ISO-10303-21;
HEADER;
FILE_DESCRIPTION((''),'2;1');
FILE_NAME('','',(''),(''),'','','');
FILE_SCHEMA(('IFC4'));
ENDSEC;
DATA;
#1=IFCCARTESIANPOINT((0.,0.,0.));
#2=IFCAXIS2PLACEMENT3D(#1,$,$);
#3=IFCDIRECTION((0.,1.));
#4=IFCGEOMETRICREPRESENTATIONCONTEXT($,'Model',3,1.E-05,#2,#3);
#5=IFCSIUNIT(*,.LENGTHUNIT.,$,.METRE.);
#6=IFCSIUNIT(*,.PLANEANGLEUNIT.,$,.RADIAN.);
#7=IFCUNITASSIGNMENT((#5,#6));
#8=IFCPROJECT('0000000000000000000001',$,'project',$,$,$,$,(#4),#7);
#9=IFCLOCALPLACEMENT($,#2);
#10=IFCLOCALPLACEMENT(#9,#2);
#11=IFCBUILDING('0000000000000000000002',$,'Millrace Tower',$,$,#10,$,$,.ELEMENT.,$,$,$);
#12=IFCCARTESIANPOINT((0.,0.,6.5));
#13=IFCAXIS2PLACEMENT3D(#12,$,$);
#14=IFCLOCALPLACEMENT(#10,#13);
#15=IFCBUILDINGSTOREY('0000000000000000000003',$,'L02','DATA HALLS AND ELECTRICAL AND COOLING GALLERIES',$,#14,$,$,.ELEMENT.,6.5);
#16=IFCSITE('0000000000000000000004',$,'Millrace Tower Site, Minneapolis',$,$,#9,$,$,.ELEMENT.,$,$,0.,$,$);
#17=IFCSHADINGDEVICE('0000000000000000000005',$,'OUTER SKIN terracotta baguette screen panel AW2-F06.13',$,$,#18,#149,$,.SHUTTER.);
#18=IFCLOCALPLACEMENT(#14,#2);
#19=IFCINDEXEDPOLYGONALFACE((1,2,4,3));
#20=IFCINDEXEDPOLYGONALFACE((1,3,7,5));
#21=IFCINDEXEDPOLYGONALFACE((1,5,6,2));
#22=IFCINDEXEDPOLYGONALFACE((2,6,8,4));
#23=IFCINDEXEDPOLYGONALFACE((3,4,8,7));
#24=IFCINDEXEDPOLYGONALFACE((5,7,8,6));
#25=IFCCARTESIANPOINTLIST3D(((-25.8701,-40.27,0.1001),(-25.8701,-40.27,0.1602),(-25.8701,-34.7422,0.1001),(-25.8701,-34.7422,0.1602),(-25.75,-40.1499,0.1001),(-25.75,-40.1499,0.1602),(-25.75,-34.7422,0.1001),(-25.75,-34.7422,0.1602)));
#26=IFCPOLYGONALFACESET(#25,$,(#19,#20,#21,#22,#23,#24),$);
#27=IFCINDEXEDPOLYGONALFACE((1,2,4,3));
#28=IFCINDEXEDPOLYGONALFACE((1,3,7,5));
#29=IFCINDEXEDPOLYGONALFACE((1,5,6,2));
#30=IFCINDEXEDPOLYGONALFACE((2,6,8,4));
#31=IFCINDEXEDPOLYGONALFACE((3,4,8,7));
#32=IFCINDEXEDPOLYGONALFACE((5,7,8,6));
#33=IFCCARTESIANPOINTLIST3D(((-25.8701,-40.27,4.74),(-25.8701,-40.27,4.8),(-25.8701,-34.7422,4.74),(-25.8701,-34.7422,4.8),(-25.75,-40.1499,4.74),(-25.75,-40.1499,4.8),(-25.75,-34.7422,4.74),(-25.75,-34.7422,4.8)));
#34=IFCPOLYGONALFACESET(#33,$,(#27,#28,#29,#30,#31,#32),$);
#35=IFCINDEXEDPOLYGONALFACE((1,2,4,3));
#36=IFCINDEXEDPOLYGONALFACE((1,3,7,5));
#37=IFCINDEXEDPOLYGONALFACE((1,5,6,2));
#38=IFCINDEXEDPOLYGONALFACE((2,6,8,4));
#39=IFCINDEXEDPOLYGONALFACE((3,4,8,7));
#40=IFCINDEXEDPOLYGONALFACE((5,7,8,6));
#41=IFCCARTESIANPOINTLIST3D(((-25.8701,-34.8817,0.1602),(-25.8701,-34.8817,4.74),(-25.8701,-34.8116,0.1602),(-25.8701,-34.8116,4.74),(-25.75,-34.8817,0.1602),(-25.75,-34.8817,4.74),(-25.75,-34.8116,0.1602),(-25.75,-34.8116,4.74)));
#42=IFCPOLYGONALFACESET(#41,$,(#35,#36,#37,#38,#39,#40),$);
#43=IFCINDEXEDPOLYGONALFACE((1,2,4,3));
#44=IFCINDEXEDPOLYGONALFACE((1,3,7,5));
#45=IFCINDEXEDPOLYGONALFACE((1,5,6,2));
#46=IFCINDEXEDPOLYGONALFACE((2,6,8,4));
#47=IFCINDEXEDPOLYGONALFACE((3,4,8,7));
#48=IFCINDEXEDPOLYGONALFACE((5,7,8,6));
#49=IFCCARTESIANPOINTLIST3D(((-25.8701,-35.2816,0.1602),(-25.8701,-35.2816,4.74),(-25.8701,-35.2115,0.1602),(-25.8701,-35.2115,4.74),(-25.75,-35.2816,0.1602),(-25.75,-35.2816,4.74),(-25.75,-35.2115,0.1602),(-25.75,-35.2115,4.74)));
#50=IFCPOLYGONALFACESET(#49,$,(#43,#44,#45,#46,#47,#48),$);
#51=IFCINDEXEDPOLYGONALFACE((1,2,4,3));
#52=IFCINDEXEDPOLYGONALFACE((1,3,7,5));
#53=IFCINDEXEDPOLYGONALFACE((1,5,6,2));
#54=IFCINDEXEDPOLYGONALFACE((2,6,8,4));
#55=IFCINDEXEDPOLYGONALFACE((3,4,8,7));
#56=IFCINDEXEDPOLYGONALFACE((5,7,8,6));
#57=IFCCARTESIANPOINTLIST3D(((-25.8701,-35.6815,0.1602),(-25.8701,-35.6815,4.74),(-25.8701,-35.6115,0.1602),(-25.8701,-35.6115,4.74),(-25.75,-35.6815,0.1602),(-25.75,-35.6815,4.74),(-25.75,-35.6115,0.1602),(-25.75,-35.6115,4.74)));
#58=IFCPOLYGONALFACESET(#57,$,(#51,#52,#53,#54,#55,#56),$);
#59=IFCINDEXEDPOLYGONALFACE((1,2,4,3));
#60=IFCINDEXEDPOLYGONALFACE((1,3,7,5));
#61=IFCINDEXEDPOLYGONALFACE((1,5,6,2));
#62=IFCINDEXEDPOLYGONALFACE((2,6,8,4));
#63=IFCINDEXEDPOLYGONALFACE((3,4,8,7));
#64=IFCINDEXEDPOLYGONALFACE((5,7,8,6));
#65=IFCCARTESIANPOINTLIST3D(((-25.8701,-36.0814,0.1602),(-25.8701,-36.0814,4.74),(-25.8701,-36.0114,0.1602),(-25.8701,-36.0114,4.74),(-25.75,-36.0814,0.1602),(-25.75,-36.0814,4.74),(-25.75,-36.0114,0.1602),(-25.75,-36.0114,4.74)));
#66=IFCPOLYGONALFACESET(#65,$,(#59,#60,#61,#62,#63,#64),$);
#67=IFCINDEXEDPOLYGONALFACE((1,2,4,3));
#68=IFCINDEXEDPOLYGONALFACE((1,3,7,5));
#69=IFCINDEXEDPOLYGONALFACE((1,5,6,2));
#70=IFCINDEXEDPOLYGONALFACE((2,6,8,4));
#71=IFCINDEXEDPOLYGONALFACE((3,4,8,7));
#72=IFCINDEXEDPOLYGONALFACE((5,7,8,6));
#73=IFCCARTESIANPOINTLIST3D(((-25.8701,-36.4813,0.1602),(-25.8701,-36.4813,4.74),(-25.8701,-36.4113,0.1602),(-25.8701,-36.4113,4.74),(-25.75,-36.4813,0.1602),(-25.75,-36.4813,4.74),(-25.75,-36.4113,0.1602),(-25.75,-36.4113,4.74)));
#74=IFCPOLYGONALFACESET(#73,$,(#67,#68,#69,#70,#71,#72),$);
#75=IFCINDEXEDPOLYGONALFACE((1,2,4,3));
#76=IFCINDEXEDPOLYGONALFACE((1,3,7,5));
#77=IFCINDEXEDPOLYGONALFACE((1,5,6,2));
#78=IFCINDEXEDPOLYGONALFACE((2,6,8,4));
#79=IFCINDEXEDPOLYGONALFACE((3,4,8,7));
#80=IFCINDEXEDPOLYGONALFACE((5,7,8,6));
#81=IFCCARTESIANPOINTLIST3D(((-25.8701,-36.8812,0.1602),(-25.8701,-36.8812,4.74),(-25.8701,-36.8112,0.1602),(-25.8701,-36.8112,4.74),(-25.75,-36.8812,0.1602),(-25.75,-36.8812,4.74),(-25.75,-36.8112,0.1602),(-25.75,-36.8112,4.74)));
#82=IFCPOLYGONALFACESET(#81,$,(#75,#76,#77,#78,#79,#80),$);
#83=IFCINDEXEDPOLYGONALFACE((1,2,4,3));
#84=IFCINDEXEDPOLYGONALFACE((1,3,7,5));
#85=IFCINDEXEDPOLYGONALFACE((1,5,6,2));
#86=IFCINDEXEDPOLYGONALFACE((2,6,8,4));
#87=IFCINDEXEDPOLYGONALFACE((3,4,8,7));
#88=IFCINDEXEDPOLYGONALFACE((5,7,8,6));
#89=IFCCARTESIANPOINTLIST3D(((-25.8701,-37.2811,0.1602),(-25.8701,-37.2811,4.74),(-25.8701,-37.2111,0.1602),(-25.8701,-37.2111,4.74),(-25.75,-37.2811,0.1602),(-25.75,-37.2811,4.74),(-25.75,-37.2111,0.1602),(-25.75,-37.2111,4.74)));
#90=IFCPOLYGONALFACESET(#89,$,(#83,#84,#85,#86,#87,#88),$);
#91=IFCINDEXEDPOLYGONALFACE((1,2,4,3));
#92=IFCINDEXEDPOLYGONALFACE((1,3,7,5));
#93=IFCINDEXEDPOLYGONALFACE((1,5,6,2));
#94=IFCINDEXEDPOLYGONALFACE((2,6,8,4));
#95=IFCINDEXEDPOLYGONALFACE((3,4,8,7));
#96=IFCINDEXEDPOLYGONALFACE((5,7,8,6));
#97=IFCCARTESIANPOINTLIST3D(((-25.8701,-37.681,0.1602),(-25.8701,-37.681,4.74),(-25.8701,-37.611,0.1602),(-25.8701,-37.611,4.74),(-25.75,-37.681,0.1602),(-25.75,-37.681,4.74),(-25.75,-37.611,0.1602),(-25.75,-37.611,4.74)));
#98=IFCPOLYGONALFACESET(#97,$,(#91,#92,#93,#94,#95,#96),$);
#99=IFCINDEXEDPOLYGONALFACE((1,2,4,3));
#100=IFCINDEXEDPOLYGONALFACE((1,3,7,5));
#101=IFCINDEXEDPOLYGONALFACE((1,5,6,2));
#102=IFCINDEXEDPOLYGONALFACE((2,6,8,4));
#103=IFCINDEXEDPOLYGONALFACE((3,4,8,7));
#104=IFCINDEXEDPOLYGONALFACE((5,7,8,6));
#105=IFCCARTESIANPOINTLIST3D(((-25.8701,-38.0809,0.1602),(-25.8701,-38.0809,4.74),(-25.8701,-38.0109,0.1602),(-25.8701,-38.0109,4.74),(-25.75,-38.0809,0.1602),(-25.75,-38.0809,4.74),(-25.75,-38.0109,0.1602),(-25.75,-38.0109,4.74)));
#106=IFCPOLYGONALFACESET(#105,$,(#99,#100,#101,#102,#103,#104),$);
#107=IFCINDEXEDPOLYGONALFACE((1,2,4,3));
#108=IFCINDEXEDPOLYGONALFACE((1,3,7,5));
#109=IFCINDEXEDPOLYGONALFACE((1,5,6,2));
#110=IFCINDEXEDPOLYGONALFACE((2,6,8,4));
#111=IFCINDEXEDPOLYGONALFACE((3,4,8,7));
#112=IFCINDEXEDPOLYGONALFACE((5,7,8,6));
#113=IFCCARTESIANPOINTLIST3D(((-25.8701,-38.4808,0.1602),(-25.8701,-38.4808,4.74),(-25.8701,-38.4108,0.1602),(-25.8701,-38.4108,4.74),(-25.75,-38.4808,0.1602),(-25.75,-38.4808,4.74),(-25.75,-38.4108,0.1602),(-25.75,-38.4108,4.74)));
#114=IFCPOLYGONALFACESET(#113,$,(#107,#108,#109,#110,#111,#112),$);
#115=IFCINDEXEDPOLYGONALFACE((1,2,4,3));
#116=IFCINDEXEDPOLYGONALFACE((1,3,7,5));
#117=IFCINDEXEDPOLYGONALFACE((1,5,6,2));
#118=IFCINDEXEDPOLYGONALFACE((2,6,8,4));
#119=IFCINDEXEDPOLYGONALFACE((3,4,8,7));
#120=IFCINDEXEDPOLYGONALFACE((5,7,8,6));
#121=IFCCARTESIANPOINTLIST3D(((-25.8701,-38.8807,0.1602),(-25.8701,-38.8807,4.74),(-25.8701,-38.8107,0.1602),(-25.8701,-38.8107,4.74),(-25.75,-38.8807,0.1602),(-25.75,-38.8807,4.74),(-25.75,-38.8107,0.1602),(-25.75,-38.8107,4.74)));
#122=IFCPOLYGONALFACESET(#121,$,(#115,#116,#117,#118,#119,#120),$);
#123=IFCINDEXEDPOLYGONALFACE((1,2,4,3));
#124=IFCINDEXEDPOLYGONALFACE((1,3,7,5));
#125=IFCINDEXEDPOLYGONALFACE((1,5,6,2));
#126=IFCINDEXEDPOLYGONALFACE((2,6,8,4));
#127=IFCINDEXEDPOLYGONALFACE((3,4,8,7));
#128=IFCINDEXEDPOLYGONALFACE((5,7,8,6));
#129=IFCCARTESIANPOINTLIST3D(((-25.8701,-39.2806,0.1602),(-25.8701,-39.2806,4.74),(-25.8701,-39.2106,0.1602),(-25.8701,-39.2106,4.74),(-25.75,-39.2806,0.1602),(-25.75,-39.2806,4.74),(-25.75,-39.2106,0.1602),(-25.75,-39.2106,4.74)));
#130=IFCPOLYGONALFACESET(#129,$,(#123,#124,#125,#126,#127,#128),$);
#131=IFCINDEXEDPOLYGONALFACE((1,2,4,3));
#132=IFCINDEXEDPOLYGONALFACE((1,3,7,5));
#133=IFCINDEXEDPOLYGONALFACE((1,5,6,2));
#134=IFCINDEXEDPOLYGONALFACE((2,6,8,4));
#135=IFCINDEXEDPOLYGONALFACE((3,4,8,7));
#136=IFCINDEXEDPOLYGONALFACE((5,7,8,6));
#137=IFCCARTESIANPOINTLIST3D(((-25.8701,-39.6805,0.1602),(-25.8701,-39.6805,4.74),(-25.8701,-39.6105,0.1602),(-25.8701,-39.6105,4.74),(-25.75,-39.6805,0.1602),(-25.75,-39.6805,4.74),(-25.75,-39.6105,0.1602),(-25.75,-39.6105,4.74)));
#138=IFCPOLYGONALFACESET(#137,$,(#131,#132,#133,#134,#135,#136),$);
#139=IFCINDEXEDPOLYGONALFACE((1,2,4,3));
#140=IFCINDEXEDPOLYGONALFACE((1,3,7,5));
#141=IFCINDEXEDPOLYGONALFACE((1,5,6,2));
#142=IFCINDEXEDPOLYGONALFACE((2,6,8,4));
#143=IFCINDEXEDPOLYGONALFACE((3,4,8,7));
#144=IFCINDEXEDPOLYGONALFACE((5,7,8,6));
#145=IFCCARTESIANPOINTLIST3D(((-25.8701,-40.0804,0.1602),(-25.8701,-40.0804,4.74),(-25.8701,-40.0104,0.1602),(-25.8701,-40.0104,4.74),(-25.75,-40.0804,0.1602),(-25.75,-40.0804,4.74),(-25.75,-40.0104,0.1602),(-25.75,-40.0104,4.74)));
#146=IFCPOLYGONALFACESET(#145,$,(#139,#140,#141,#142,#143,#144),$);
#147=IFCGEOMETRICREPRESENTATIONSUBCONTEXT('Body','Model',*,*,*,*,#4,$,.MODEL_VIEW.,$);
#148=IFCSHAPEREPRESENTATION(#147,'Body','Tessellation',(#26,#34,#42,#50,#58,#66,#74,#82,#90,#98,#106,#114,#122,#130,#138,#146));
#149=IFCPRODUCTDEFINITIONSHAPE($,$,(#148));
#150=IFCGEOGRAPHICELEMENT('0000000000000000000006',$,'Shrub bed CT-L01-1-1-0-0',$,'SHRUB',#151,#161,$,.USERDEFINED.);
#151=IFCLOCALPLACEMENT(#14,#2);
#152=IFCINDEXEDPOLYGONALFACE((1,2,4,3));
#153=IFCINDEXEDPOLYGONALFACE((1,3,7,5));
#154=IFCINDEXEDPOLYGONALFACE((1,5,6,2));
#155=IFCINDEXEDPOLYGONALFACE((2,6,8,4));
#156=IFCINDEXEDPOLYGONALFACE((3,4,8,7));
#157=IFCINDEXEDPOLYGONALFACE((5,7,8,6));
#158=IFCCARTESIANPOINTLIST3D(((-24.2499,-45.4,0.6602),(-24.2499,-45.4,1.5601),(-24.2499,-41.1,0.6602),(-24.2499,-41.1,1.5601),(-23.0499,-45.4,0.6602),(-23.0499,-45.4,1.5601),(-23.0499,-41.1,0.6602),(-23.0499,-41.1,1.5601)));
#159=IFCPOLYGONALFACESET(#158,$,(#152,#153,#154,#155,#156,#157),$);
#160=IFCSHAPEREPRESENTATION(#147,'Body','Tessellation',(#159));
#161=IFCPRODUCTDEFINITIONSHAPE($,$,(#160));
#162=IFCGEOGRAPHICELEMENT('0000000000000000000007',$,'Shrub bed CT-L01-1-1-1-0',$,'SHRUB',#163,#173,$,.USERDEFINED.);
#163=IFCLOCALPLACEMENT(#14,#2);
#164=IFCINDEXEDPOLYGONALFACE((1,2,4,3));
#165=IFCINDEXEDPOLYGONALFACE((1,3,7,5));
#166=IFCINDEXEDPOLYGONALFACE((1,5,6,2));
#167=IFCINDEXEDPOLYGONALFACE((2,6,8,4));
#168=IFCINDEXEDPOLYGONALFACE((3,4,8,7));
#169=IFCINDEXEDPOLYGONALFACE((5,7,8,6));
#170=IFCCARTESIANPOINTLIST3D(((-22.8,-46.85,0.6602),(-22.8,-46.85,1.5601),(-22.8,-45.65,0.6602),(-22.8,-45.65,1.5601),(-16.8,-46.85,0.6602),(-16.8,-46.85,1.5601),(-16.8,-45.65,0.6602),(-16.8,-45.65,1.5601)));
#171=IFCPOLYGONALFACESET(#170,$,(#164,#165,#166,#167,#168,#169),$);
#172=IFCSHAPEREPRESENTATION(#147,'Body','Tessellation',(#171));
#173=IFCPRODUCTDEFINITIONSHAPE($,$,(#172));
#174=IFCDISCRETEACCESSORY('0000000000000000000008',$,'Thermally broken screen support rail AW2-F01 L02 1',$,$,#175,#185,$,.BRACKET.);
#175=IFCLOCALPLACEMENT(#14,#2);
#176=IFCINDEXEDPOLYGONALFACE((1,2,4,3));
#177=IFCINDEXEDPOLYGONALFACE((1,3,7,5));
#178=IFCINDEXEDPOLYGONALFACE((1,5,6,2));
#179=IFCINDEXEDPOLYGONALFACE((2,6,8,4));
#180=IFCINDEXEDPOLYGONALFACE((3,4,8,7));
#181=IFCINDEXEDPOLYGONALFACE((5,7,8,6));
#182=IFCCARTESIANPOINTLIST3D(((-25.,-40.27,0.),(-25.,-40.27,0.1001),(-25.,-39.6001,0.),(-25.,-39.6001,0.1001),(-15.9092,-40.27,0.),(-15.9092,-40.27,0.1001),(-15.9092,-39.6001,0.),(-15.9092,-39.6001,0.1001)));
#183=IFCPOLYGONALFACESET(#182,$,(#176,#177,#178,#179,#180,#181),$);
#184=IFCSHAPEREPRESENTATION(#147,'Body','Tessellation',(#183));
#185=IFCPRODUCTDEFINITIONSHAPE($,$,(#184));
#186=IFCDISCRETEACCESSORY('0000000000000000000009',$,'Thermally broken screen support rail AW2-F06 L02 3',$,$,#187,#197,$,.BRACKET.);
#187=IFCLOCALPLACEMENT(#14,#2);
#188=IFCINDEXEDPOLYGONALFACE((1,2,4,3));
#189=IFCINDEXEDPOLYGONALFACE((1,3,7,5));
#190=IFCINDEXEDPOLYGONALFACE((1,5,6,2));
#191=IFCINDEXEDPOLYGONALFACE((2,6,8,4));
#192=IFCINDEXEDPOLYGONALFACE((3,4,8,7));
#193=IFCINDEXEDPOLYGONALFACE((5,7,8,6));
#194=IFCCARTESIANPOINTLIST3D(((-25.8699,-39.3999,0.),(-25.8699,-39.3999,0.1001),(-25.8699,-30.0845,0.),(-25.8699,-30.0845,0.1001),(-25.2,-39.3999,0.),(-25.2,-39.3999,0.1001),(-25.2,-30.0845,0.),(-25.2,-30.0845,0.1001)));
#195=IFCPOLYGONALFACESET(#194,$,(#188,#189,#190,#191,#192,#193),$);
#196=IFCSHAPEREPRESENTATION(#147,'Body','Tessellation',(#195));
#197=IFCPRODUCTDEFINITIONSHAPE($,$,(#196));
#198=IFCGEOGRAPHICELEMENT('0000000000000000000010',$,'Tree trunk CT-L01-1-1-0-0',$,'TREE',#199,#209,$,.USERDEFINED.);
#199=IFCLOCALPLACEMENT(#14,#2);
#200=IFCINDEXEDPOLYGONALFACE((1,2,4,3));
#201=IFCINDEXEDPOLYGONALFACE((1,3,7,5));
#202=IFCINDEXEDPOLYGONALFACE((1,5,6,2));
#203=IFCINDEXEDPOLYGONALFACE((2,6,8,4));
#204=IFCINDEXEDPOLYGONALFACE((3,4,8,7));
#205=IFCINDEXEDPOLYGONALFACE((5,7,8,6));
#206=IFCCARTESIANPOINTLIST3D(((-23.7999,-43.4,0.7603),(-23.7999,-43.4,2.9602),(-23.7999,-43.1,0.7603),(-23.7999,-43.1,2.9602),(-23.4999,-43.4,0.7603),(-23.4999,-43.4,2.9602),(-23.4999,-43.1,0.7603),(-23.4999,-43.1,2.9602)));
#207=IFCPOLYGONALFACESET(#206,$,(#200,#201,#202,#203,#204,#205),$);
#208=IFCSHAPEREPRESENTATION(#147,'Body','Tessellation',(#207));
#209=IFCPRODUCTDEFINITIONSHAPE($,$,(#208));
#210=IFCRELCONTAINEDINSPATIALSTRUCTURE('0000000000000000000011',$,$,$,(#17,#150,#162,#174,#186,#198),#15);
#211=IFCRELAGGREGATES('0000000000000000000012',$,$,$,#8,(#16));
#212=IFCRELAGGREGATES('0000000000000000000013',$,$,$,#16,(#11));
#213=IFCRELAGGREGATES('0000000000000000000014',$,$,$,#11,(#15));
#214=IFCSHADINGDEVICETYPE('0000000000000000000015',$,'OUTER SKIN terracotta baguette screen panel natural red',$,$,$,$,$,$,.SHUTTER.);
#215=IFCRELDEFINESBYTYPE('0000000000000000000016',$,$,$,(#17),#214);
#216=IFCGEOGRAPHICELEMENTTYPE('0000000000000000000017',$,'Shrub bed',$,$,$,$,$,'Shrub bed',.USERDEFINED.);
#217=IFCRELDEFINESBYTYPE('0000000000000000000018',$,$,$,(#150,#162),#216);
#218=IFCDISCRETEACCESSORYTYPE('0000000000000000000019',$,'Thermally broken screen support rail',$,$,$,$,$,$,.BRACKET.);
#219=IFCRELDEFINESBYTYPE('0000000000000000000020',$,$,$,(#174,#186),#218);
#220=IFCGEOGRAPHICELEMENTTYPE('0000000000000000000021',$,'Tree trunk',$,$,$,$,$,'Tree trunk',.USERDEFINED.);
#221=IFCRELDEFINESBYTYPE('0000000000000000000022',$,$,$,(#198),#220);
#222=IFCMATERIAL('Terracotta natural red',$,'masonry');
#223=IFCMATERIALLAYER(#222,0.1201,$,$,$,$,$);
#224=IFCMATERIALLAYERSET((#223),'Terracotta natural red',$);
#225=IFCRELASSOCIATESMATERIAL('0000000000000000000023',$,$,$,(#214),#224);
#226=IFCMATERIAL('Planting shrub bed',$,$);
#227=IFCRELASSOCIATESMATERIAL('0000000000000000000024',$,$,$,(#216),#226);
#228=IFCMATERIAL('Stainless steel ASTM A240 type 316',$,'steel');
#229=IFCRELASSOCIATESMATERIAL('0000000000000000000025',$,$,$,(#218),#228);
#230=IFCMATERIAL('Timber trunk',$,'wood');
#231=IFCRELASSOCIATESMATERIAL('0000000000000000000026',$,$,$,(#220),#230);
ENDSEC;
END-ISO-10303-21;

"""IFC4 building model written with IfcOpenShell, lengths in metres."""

from ifc_helpers import new_model, entity, si_unit, direction, frame, frame_2d, origin, origin_2d, place, context, subcontext, project, spatial, rectangle, extrude, source, transform, mapped, material, layer, layer_set, type_object, element, save


model = new_model("IFC4")

# Units and contexts
model_context = context("Model", 3, precision=1e-05, world=origin(), true_north=direction((0.0, 1.0)))
body_context = subcontext(model_context, "Body", "Model", "MODEL_VIEW")
ifc_project = project(units=[si_unit("LENGTHUNIT", "METRE"), si_unit("PLANEANGLEUNIT", "RADIAN")], contexts=[model_context])

# Site, building, storey
site_placement = place(None, origin())
site = spatial("IfcSite", under=ifc_project, at=site_placement, Name="Millrace Tower Site, Minneapolis", CompositionType="ELEMENT", RefElevation=0.0)
building_placement = place(site_placement, origin())
building = spatial("IfcBuilding", under=site, at=building_placement, Name="Millrace Tower", CompositionType="ELEMENT")
storey_placement = place(building_placement, frame((0.0, 0.0, 6.5)))
storey = spatial("IfcBuildingStorey", under=building, at=storey_placement, Name="L02", Description="DATA HALLS AND ELECTRICAL AND COOLING GALLERIES", CompositionType="ELEMENT", Elevation=6.5)

# Shading device
ifc_material_1 = material(Name="Terracotta natural red", Category="masonry")
ifc_layer_1 = layer(ifc_material_1, 0.1201)
ifc_layer_set_1 = layer_set([ifc_layer_1], Name="Terracotta natural red")
shading_device_type_1 = type_object("IfcShadingDeviceType", Name="OUTER SKIN terracotta baguette screen panel natural red", PredefinedType="SHUTTER", material=ifc_layer_set_1)
cartesian_point_1 = entity("IfcCartesianPoint", [-2.7339, 0.0601])
shared_polyline_1 = entity("IfcPolyline", [cartesian_point_1, entity("IfcCartesianPoint", [2.6738, 0.0601]), entity("IfcCartesianPoint", [2.7939, -0.0601]), entity("IfcCartesianPoint", [-2.7339, -0.0601]), cartesian_point_1])
shared_shape_1 = source(origin(), body_context, "Body", "SweptSolid", [
    entity("IfcExtrudedAreaSolid", entity("IfcArbitraryClosedProfileDef", "AREA", None, shared_polyline_1), entity("IfcAxis2Placement3D", entity("IfcCartesianPoint", [0.0, 0.0, 0.0])), entity("IfcDirection", [0.0, 0.0, 1.0]), 0.0601),
    entity("IfcExtrudedAreaSolid", entity("IfcArbitraryClosedProfileDef", "AREA", None, shared_polyline_1), entity("IfcAxis2Placement3D", entity("IfcCartesianPoint", [0.0, 0.0, 4.6399])), entity("IfcDirection", [0.0, 0.0, 1.0]), 0.0601),
    extrude(rectangle(XDim=0.0701, YDim=0.1201, at=frame_2d((-2.6294, 0.0))), frame((0.0, 0.0, 0.0601)), (0.0, 0.0, 1.0), 4.5798),
    extrude(rectangle(XDim=0.0701, YDim=0.1201, at=frame_2d((-2.2295, 0.0))), frame((0.0, 0.0, 0.0601)), (0.0, 0.0, 1.0), 4.5798),
    extrude(rectangle(XDim=0.0701, YDim=0.1201, at=frame_2d((-1.8296, 0.0))), frame((0.0, 0.0, 0.0601)), (0.0, 0.0, 1.0), 4.5798),
    extrude(rectangle(XDim=0.0701, YDim=0.1201, at=frame_2d((-1.4297, 0.0))), frame((0.0, 0.0, 0.0601)), (0.0, 0.0, 1.0), 4.5798),
    extrude(rectangle(XDim=0.0701, YDim=0.1201, at=frame_2d((-1.0298, 0.0))), frame((0.0, 0.0, 0.0601)), (0.0, 0.0, 1.0), 4.5798),
    extrude(rectangle(XDim=0.0701, YDim=0.1201, at=frame_2d((-0.6299, 0.0))), frame((0.0, 0.0, 0.0601)), (0.0, 0.0, 1.0), 4.5798),
    extrude(rectangle(XDim=0.0701, YDim=0.1201, at=frame_2d((-0.23, 0.0))), frame((0.0, 0.0, 0.0601)), (0.0, 0.0, 1.0), 4.5798),
    extrude(rectangle(XDim=0.0701, YDim=0.1201, at=frame_2d((0.1699, 0.0))), frame((0.0, 0.0, 0.0601)), (0.0, 0.0, 1.0), 4.5798),
    extrude(rectangle(XDim=0.0701, YDim=0.1201, at=frame_2d((0.5698, 0.0))), frame((0.0, 0.0, 0.0601)), (0.0, 0.0, 1.0), 4.5798),
    extrude(rectangle(XDim=0.0701, YDim=0.1201, at=frame_2d((0.9697, 0.0))), frame((0.0, 0.0, 0.0601)), (0.0, 0.0, 1.0), 4.5798),
    extrude(rectangle(XDim=0.0701, YDim=0.1201, at=frame_2d((1.3696, 0.0))), frame((0.0, 0.0, 0.0601)), (0.0, 0.0, 1.0), 4.5798),
    extrude(rectangle(XDim=0.0701, YDim=0.1201, at=frame_2d((1.7695, 0.0))), frame((0.0, 0.0, 0.0601)), (0.0, 0.0, 1.0), 4.5798),
    extrude(rectangle(XDim=0.0701, YDim=0.1201, at=frame_2d((2.1694, 0.0))), frame((0.0, 0.0, 0.0601)), (0.0, 0.0, 1.0), 4.5798),
    extrude(rectangle(XDim=0.0701, YDim=0.1201, at=frame_2d((2.5693, 0.0))), frame((0.0, 0.0, 0.0601)), (0.0, 0.0, 1.0), 4.5798),
])
shading_device_1_placement = place(storey_placement, frame((-25.8101, -37.4761, 0.1001), z_axis=(0.0, 0.0, 1.0), x_axis=(0.0, -1.0, 0.0)))
element("IfcShadingDevice", 1, at=shading_device_1_placement, inside=storey, type_object=shading_device_type_1, Name="OUTER SKIN terracotta baguette screen panel AW2-F06.13", PredefinedType="SHUTTER", context=body_context, shape_type="MappedRepresentation", body=[
    mapped(shared_shape_1, transform((0.0, 0.0, 0.0), scale=1.0)),
])

# Geographic elements
ifc_material_2 = material(Name="Planting shrub bed")
geographic_element_type_1 = type_object("IfcGeographicElementType", Name="Shrub bed", ElementType="Shrub bed", PredefinedType="USERDEFINED", material=ifc_material_2)
geographic_element_1_placement = place(storey_placement, frame((-23.6499, -43.25, 0.6602), z_axis=(0.0, 0.0, 1.0), x_axis=(0.0, -1.0, 0.0)))
element("IfcGeographicElement", 2, at=geographic_element_1_placement, inside=storey, type_object=geographic_element_type_1, Name="Shrub bed CT-L01-1-1-0-0", ObjectType="SHRUB", PredefinedType="USERDEFINED", context=body_context, shape_type="SweptSolid", body=[
    extrude(rectangle(XDim=4.3, YDim=1.2, at=origin_2d()), origin(), (0.0, 0.0, 1.0), 0.8999),
])
geographic_element_2_placement = place(storey_placement, frame((-19.8, -46.25, 0.6602), z_axis=(0.0, 0.0, 1.0), x_axis=(1.0, 0.0, 0.0)))
element("IfcGeographicElement", 3, at=geographic_element_2_placement, inside=storey, type_object=geographic_element_type_1, Name="Shrub bed CT-L01-1-1-1-0", ObjectType="SHRUB", PredefinedType="USERDEFINED", context=body_context, shape_type="SweptSolid", body=[
    extrude(rectangle(XDim=6.0, YDim=1.2, at=origin_2d()), origin(), (0.0, 0.0, 1.0), 0.8999),
])

# Discrete accessories
ifc_material_3 = material(Name="Stainless steel ASTM A240 type 316", Category="steel")
discrete_accessory_type = type_object("IfcDiscreteAccessoryType", Name="Thermally broken screen support rail", PredefinedType="BRACKET", material=ifc_material_3)
discrete_accessory_1_placement = place(storey_placement, frame((-20.4546, -39.9351, 0.0), z_axis=(0.0, 0.0, 1.0), x_axis=(1.0, 0.0, 0.0)))
element("IfcDiscreteAccessory", 4, at=discrete_accessory_1_placement, inside=storey, type_object=discrete_accessory_type, Name="Thermally broken screen support rail AW2-F01 L02 1", PredefinedType="BRACKET", context=body_context, shape_type="SweptSolid", body=[
    extrude(rectangle(XDim=9.0908, YDim=0.6699, at=origin_2d()), origin(), (0.0, 0.0, 1.0), 0.1001),
])
discrete_accessory_2_placement = place(storey_placement, frame((-25.5349, -34.7422, 0.0), z_axis=(0.0, 0.0, 1.0), x_axis=(0.0, -1.0, 0.0)))
element("IfcDiscreteAccessory", 5, at=discrete_accessory_2_placement, inside=storey, type_object=discrete_accessory_type, Name="Thermally broken screen support rail AW2-F06 L02 3", PredefinedType="BRACKET", context=body_context, shape_type="SweptSolid", body=[
    extrude(rectangle(XDim=9.3154, YDim=0.6699, at=origin_2d()), origin(), (0.0, 0.0, 1.0), 0.1001),
])

# Geographic element
ifc_material_4 = material(Name="Timber trunk", Category="wood")
geographic_element_type_2 = type_object("IfcGeographicElementType", Name="Tree trunk", ElementType="Tree trunk", PredefinedType="USERDEFINED", material=ifc_material_4)
for number, where, z_axis, x_axis, name in (
    (6, (-23.6499, -43.25, 0.7603), (0.0, 0.0, 1.0), (1.0, 0.0, 0.0), "Tree trunk CT-L01-1-1-0-0"),
):
    element("IfcGeographicElement", number, at=place(storey_placement, frame(where, z_axis=z_axis, x_axis=x_axis)), inside=storey, type_object=geographic_element_type_2, Name=name, ObjectType="TREE", PredefinedType="USERDEFINED", context=body_context, shape_type="SweptSolid", body=[
        extrude(rectangle(XDim=0.3, YDim=0.3, at=origin_2d()), origin(), (0.0, 0.0, 1.0), 2.2),
    ])

save(model, "model.ifc")
